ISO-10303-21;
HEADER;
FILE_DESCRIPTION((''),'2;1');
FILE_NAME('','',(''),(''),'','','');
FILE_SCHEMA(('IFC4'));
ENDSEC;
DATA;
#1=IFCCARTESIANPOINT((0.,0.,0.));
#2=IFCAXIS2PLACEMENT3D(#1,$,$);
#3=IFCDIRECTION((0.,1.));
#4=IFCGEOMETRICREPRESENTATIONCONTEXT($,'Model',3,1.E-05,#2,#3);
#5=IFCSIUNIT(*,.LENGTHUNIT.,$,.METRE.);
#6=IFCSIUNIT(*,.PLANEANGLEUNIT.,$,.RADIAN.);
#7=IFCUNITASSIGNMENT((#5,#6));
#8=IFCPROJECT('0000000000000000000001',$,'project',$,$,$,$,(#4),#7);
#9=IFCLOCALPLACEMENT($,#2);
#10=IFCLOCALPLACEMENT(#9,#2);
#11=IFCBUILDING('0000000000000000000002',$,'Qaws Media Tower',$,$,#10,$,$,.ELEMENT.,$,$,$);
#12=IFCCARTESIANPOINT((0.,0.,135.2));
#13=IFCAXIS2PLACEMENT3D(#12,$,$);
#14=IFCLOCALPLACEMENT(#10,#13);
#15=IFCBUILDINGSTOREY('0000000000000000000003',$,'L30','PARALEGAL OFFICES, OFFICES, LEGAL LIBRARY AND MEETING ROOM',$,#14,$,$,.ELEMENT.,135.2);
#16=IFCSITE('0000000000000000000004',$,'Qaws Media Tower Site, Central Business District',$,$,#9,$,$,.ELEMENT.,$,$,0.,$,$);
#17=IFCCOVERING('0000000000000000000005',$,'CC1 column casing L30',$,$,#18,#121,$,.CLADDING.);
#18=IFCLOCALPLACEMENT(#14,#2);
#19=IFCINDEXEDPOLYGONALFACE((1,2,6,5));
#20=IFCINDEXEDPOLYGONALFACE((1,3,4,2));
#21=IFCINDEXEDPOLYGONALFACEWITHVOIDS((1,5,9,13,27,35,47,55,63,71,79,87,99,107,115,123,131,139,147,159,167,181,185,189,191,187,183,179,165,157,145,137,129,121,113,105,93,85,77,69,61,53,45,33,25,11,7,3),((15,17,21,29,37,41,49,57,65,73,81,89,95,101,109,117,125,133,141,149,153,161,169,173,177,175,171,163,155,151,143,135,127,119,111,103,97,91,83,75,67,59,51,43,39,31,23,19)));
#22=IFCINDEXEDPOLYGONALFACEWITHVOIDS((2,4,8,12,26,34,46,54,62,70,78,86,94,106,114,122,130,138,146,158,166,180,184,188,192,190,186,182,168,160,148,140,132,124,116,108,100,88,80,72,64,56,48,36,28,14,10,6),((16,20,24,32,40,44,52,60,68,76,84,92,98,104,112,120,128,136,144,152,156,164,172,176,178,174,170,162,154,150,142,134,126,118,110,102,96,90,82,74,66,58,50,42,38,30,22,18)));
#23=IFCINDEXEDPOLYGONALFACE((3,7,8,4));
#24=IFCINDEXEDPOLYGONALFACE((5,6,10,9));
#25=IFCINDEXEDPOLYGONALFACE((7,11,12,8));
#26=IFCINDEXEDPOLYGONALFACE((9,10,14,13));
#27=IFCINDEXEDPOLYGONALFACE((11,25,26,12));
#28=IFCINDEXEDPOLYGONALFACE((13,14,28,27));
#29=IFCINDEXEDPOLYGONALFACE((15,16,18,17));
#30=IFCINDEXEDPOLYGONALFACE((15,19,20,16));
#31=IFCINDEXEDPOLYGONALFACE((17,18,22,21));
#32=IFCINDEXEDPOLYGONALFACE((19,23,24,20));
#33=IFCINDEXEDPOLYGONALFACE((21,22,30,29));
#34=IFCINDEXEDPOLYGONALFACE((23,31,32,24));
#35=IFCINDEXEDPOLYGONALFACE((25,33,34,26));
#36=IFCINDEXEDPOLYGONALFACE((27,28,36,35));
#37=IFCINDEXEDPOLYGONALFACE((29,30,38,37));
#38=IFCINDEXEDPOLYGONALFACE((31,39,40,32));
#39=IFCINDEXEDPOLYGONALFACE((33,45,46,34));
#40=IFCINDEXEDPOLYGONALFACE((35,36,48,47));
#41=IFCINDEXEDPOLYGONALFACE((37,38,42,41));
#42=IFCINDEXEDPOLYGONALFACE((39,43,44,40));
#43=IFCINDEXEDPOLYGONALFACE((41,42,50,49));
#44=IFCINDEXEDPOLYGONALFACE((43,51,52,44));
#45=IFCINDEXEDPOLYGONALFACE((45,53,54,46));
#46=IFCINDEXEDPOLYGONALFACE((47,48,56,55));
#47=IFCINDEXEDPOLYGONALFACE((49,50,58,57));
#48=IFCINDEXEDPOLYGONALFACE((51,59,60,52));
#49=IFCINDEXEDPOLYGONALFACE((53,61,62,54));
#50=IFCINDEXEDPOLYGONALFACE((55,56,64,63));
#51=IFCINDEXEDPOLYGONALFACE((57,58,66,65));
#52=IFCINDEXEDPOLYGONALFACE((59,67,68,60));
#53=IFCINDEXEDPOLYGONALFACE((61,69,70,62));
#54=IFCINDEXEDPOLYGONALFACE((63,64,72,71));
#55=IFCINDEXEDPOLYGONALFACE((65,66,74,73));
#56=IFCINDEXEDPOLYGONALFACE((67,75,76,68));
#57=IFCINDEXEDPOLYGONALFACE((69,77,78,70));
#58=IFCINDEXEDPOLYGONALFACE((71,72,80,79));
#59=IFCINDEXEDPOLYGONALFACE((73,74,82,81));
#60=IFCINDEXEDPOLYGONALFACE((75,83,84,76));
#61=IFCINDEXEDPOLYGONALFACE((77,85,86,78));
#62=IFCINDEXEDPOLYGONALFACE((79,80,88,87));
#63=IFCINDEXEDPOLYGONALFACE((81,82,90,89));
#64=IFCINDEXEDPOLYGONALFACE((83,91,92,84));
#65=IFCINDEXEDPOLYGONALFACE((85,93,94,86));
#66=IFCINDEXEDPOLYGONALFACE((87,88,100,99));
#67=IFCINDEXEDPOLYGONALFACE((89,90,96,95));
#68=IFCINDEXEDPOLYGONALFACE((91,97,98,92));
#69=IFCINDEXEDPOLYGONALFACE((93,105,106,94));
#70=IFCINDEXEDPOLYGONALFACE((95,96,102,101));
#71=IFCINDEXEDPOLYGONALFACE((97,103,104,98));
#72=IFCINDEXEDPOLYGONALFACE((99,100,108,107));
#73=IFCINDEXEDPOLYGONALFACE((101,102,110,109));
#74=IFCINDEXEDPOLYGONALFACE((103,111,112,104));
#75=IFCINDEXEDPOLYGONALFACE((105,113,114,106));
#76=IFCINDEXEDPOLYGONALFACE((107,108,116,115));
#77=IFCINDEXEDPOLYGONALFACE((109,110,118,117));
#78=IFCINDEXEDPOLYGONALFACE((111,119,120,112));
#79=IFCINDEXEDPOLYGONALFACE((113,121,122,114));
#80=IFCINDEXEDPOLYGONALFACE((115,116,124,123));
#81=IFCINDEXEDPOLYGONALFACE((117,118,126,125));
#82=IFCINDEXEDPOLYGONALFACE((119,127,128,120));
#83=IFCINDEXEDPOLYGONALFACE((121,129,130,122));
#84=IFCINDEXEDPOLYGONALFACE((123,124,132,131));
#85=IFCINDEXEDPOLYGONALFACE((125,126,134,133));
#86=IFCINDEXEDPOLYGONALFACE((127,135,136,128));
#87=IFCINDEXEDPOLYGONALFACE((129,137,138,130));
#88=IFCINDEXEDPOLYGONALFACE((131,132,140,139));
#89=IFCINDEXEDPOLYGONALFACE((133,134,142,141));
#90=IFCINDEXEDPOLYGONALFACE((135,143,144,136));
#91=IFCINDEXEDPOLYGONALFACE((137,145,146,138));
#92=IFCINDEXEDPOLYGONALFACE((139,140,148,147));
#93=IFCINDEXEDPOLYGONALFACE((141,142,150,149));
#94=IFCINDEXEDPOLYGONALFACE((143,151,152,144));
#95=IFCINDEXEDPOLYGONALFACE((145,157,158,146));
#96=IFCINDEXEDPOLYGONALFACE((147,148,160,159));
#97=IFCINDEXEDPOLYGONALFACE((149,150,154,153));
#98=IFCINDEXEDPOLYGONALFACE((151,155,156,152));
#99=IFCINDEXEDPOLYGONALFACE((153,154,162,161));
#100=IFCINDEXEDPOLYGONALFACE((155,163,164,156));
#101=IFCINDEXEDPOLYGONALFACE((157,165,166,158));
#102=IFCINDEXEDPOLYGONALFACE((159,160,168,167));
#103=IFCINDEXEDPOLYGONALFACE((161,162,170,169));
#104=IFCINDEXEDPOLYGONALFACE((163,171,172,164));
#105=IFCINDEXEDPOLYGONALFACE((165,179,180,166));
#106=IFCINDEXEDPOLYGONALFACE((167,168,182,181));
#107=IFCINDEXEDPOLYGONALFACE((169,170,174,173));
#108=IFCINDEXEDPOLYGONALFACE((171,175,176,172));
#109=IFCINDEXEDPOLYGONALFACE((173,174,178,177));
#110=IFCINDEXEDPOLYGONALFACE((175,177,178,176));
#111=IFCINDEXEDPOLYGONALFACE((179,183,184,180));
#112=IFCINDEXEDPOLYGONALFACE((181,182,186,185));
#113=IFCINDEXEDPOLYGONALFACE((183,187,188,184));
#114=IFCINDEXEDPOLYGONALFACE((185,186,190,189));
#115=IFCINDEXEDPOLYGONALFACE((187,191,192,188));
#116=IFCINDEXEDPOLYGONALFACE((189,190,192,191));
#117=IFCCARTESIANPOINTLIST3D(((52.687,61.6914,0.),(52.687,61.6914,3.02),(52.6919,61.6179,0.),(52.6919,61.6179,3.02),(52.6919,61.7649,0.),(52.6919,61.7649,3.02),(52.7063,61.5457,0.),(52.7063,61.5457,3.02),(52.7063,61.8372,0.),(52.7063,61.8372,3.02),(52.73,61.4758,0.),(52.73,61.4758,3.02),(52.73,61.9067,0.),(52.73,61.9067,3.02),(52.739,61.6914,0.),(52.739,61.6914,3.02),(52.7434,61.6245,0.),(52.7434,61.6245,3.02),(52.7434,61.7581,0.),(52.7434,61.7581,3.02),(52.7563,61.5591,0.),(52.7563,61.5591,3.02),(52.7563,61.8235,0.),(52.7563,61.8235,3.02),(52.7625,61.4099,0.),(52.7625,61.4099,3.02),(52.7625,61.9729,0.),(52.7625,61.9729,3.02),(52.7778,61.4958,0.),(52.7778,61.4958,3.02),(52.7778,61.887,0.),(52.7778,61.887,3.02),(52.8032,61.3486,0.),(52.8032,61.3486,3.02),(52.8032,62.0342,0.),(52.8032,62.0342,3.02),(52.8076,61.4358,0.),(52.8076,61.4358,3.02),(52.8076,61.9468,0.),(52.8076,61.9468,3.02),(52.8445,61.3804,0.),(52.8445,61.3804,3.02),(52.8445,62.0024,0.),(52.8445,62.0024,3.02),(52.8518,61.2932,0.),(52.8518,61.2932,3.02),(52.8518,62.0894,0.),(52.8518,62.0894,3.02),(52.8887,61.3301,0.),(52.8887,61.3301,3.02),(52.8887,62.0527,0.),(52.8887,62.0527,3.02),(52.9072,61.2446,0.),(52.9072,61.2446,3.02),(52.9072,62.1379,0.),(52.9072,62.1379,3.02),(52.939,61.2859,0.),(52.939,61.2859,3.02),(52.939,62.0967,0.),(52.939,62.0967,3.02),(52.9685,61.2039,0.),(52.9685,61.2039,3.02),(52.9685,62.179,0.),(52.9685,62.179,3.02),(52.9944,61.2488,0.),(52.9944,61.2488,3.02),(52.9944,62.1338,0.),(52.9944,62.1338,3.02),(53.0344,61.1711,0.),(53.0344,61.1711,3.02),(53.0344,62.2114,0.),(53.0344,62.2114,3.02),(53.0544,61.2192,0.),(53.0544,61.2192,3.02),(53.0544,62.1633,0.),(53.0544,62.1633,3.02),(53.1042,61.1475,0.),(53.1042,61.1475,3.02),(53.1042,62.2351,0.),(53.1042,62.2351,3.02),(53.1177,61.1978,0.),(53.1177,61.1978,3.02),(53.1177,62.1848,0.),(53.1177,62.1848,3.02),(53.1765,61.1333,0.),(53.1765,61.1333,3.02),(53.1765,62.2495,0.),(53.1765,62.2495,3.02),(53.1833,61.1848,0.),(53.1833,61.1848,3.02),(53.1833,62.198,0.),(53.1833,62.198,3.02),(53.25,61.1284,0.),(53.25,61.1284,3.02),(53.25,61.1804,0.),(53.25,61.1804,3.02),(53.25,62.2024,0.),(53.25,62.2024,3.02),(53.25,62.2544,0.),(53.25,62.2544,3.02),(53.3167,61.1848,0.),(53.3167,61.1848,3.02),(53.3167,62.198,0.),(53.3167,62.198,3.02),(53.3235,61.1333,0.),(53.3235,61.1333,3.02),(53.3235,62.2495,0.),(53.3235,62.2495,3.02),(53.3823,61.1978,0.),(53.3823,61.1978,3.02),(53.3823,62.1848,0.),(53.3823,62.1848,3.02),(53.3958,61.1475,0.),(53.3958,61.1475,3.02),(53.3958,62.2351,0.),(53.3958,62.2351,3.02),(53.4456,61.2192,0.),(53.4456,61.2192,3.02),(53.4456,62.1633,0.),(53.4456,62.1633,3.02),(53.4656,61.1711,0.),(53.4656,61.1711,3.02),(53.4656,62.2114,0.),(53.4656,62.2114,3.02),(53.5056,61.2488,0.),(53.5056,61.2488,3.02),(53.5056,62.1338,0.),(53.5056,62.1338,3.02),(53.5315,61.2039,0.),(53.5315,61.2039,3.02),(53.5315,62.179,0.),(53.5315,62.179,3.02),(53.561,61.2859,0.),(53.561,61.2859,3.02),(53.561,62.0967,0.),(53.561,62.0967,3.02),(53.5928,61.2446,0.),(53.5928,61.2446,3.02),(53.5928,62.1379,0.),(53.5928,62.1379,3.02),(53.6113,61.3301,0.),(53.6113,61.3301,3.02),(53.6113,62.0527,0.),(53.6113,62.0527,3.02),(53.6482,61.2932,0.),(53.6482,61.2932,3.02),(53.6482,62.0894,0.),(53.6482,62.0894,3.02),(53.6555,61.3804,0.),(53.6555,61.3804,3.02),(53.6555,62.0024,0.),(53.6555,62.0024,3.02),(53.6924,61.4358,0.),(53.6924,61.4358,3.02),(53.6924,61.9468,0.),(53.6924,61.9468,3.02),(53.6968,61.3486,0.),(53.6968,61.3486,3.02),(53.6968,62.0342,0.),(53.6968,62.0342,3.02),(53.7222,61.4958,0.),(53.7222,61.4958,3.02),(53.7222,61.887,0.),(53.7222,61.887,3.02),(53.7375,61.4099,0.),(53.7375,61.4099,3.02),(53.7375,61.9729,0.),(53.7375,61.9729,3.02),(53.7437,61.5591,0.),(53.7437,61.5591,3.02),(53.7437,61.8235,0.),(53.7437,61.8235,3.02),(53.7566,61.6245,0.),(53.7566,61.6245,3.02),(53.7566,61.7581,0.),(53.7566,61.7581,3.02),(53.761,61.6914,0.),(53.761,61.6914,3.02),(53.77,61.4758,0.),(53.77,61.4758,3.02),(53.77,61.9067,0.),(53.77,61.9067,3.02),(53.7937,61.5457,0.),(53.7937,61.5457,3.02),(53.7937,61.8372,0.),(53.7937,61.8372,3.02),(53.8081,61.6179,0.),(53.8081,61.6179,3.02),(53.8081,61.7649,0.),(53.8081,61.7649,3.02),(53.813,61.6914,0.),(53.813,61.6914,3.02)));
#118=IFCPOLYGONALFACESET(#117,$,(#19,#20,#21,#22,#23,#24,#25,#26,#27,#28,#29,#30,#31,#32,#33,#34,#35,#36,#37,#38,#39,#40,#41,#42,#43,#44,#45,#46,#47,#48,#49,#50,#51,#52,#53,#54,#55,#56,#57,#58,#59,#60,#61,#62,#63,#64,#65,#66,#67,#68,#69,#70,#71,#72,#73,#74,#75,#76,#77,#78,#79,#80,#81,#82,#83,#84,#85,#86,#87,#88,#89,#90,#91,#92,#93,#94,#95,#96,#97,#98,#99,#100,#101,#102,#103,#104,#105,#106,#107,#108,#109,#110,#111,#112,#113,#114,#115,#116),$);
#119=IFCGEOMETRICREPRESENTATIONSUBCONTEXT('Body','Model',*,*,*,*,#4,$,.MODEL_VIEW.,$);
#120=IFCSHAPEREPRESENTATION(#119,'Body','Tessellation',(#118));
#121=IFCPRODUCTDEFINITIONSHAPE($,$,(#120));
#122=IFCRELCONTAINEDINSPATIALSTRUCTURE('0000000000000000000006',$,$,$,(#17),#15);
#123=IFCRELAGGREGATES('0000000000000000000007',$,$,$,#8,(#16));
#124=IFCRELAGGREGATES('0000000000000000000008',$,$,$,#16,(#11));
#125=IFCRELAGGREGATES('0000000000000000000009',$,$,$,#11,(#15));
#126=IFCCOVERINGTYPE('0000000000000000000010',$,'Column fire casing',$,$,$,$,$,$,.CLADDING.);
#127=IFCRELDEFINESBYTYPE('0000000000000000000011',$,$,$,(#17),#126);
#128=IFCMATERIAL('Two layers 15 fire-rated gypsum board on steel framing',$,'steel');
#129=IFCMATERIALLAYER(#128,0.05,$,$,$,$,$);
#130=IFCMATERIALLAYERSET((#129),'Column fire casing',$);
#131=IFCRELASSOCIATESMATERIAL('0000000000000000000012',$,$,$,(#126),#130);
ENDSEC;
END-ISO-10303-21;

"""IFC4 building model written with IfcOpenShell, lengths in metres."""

from ifc_helpers import new_model, si_unit, direction, frame, origin, place, context, subcontext, project, spatial, polyline, outline, extrude, material, layer, layer_set, type_object, element, save


model = new_model("IFC4")

# Units and contexts
model_context = context("Model", 3, precision=1e-05, world=origin(), true_north=direction((0.0, 1.0)))
body_context = subcontext(model_context, "Body", "Model", "MODEL_VIEW")
ifc_project = project(units=[si_unit("LENGTHUNIT", "METRE"), si_unit("PLANEANGLEUNIT", "RADIAN")], contexts=[model_context])

# Site, building, storey
site_placement = place(None, origin())
site = spatial("IfcSite", under=ifc_project, at=site_placement, Name="Qaws Media Tower Site, Central Business District", CompositionType="ELEMENT", RefElevation=0.0)
building_placement = place(site_placement, origin())
building = spatial("IfcBuilding", under=site, at=building_placement, Name="Qaws Media Tower", CompositionType="ELEMENT")
storey_placement = place(building_placement, frame((0.0, 0.0, 135.2)))
storey = spatial("IfcBuildingStorey", under=building, at=storey_placement, Name="L30", Description="PARALEGAL OFFICES, OFFICES, LEGAL LIBRARY AND MEETING ROOM", CompositionType="ELEMENT", Elevation=135.2)

# Covering
ifc_material_1 = material(Name="Two layers 15 fire-rated gypsum board on steel framing", Category="steel")
ifc_layer_1 = layer(ifc_material_1, 0.05)
ifc_layer_set_1 = layer_set([ifc_layer_1], Name="Column fire casing")
covering_type_1 = type_object("IfcCoveringType", Name="Column fire casing", PredefinedType="CLADDING", material=ifc_layer_set_1)
covering_1_placement = place(storey_placement, origin())
element("IfcCovering", 1, at=covering_1_placement, inside=storey, type_object=covering_type_1, Name="CC1 column casing L30", PredefinedType="CLADDING", context=body_context, shape_type="SweptSolid", body=[
    extrude(outline(polyline([(53.813, 61.6914), (53.8081, 61.6179), (53.7937, 61.5457), (53.77, 61.4758), (53.7375, 61.4099), (53.6968, 61.3486), (53.6482, 61.2932), (53.5928, 61.2446), (53.5315, 61.2039), (53.4656, 61.1711), (53.3958, 61.1475), (53.3235, 61.1333), (53.25, 61.1284), (53.1765, 61.1333), (53.1042, 61.1475), (53.0344, 61.1711), (52.9685, 61.2039), (52.9072, 61.2446), (52.8518, 61.2932), (52.8032, 61.3486), (52.7625, 61.4099), (52.73, 61.4758), (52.7063, 61.5457), (52.6919, 61.6179), (52.687, 61.6914), (52.6919, 61.7649), (52.7063, 61.8372), (52.73, 61.9067), (52.7625, 61.9729), (52.8032, 62.0342), (52.8518, 62.0894), (52.9072, 62.1379), (52.9685, 62.179), (53.0344, 62.2114), (53.1042, 62.2351), (53.1765, 62.2495), (53.25, 62.2544), (53.3235, 62.2495), (53.3958, 62.2351), (53.4656, 62.2114), (53.5315, 62.179), (53.5928, 62.1379), (53.6482, 62.0894), (53.6968, 62.0342), (53.7375, 61.9729), (53.77, 61.9067), (53.7937, 61.8372), (53.8081, 61.7649), (53.813, 61.6914)]), holes=[polyline([(53.761, 61.6914), (53.7566, 61.6245), (53.7437, 61.5591), (53.7222, 61.4958), (53.6924, 61.4358), (53.6555, 61.3804), (53.6113, 61.3301), (53.561, 61.2859), (53.5056, 61.2488), (53.4456, 61.2192), (53.3823, 61.1978), (53.3167, 61.1848), (53.25, 61.1804), (53.1833, 61.1848), (53.1177, 61.1978), (53.0544, 61.2192), (52.9944, 61.2488), (52.939, 61.2859), (52.8887, 61.3301), (52.8445, 61.3804), (52.8076, 61.4358), (52.7778, 61.4958), (52.7563, 61.5591), (52.7434, 61.6245), (52.739, 61.6914), (52.7434, 61.7581), (52.7563, 61.8235), (52.7778, 61.887), (52.8076, 61.9468), (52.8445, 62.0024), (52.8887, 62.0527), (52.939, 62.0967), (52.9944, 62.1338), (53.0544, 62.1633), (53.1177, 62.1848), (53.1833, 62.198), (53.25, 62.2024), (53.3167, 62.198), (53.3823, 62.1848), (53.4456, 62.1633), (53.5056, 62.1338), (53.561, 62.0967), (53.6113, 62.0527), (53.6555, 62.0024), (53.6924, 61.9468), (53.7222, 61.887), (53.7437, 61.8235), (53.7566, 61.7581), (53.761, 61.6914)])]), origin(), (0.0, 0.0, 1.0), 3.02),
])

save(model, "model.ifc")
